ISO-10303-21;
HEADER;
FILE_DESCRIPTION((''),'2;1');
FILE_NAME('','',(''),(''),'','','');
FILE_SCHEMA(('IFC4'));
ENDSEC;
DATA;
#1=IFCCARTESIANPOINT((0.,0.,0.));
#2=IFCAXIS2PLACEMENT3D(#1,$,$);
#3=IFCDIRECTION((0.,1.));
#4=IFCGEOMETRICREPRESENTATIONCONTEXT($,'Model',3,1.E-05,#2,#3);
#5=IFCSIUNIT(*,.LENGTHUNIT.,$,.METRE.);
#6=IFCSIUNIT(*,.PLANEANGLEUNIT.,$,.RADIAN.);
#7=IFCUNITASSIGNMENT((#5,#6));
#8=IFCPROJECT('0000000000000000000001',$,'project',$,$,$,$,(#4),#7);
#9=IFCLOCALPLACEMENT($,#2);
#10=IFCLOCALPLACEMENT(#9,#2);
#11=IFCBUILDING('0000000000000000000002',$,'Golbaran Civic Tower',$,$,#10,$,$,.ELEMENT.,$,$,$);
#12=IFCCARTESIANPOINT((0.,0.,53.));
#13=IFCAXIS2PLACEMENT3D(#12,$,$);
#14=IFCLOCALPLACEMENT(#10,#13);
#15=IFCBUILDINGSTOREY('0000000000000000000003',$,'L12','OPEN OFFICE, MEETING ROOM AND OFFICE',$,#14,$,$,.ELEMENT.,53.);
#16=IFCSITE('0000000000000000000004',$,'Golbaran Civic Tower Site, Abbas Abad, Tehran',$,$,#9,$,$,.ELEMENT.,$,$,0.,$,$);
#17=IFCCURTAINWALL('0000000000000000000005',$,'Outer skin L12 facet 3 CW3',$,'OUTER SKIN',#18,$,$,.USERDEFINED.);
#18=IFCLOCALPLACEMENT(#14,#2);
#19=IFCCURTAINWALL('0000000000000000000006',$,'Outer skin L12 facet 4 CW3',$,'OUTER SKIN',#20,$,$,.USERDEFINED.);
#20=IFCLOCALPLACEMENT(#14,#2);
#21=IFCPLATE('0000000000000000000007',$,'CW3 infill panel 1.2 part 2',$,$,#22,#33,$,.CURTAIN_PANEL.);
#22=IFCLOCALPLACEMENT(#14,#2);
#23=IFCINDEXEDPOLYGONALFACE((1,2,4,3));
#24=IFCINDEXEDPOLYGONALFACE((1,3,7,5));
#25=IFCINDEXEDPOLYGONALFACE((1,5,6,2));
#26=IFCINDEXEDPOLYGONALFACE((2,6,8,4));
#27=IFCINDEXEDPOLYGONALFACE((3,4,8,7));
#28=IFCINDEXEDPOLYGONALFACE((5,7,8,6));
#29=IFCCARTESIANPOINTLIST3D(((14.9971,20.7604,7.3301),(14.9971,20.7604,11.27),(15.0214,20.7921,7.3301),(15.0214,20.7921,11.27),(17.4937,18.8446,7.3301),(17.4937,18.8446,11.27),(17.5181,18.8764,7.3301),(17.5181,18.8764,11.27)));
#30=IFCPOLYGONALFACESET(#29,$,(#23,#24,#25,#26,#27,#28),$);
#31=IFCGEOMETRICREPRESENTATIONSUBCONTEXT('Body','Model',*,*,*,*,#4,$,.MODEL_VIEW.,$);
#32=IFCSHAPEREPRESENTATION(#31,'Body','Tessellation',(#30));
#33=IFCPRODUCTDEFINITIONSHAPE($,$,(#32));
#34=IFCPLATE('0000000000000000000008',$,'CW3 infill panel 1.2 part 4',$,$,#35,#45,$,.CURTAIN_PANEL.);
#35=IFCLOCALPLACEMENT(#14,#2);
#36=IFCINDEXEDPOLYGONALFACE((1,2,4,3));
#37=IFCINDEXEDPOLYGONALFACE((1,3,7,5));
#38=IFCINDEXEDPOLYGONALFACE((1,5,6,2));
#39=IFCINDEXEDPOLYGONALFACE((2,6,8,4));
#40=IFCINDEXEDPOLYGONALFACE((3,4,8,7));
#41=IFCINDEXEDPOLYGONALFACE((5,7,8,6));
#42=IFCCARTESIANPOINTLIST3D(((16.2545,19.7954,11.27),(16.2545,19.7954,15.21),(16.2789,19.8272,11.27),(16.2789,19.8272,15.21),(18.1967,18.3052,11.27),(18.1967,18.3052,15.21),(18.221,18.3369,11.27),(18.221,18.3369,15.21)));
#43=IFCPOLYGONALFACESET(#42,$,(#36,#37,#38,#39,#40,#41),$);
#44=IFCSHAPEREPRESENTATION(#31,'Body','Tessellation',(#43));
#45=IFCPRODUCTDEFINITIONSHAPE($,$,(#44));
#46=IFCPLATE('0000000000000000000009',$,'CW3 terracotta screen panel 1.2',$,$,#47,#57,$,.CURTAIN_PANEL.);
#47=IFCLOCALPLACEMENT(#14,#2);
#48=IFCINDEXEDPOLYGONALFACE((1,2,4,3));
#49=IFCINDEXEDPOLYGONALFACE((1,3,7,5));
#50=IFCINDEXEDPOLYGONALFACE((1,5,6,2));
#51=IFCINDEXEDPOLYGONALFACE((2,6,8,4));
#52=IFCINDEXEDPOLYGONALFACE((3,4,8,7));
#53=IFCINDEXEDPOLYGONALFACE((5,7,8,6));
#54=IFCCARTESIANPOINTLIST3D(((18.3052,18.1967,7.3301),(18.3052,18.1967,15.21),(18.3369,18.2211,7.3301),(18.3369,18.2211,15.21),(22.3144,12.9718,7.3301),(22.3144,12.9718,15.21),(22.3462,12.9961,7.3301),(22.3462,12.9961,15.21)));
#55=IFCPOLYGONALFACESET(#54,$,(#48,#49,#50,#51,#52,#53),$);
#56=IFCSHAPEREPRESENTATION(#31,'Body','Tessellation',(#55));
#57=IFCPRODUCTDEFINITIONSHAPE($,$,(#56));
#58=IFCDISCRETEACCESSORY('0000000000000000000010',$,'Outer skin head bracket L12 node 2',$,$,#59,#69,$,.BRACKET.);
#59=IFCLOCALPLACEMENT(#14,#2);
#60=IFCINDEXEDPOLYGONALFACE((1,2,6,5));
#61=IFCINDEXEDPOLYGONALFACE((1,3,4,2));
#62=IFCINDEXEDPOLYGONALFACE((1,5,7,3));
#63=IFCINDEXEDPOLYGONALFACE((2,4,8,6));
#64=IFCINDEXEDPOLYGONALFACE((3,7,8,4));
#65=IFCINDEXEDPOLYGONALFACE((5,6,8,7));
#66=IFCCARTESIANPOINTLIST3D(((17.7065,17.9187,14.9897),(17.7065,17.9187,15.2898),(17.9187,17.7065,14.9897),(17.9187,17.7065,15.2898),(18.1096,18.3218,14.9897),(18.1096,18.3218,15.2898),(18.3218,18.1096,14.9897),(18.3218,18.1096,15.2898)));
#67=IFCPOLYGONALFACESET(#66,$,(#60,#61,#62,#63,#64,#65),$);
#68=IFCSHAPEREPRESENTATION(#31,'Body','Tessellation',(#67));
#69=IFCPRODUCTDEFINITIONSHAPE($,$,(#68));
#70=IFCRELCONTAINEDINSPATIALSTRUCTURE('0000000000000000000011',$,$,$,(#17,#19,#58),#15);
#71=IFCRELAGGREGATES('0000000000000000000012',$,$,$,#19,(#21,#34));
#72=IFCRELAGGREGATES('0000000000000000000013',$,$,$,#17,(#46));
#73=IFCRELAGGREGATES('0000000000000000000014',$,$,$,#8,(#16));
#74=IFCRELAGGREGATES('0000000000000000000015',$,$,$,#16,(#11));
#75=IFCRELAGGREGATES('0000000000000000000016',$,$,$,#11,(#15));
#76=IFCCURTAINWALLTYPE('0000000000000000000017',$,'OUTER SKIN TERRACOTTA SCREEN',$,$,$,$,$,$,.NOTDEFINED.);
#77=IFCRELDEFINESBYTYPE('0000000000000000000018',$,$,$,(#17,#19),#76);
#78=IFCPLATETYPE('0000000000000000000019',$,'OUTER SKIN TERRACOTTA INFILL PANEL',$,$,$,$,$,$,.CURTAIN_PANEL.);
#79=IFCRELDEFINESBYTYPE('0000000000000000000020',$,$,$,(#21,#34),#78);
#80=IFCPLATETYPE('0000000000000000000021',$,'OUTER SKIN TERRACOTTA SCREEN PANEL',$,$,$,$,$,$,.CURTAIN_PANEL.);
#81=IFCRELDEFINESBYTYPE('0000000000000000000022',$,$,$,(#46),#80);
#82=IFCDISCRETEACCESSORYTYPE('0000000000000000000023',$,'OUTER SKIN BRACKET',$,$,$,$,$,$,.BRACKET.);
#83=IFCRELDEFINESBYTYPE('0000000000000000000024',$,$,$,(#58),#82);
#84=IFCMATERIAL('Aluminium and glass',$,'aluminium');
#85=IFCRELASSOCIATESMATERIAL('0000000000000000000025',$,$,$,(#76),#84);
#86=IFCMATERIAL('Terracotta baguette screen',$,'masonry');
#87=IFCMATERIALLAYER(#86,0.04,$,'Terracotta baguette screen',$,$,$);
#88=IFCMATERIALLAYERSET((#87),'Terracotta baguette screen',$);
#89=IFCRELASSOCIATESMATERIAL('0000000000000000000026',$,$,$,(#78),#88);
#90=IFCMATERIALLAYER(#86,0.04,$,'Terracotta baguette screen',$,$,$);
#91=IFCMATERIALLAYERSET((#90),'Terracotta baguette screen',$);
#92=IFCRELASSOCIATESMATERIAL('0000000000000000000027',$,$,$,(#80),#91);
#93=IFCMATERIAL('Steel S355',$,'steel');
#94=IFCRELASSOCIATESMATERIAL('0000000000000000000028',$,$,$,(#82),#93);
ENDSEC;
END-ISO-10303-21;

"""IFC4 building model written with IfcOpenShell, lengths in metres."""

from ifc_helpers import new_model, si_unit, direction, frame, origin, origin_2d, place, context, subcontext, project, spatial, rectangle, extrude, material, layer, layer_set, type_object, element, aggregate, save


model = new_model("IFC4")

# Units and contexts
model_context = context("Model", 3, precision=1e-05, world=origin(), true_north=direction((0.0, 1.0)))
body_context = subcontext(model_context, "Body", "Model", "MODEL_VIEW")
ifc_project = project(units=[si_unit("LENGTHUNIT", "METRE"), si_unit("PLANEANGLEUNIT", "RADIAN")], contexts=[model_context])

# Site, building, storey
site_placement = place(None, origin())
site = spatial("IfcSite", under=ifc_project, at=site_placement, Name="Golbaran Civic Tower Site, Abbas Abad, Tehran", CompositionType="ELEMENT", RefElevation=0.0)
building_placement = place(site_placement, origin())
building = spatial("IfcBuilding", under=site, at=building_placement, Name="Golbaran Civic Tower", CompositionType="ELEMENT")
storey_placement = place(building_placement, frame((0.0, 0.0, 53.0)))
storey = spatial("IfcBuildingStorey", under=building, at=storey_placement, Name="L12", Description="OPEN OFFICE, MEETING ROOM AND OFFICE", CompositionType="ELEMENT", Elevation=53.0)

# Curtain walls
ifc_material_1 = material(Name="Aluminium and glass", Category="aluminium")
curtain_wall_type_1 = type_object("IfcCurtainWallType", Name="OUTER SKIN TERRACOTTA SCREEN", PredefinedType="NOTDEFINED", material=ifc_material_1)
curtain_wall_1_placement = place(storey_placement, origin())
curtain_wall_1 = element("IfcCurtainWall", 1, at=curtain_wall_1_placement, inside=storey, type_object=curtain_wall_type_1, Name="Outer skin L12 facet 3 CW3", ObjectType="OUTER SKIN", PredefinedType="USERDEFINED")
curtain_wall_2_placement = place(storey_placement, origin())
curtain_wall_2 = element("IfcCurtainWall", 2, at=curtain_wall_2_placement, inside=storey, type_object=curtain_wall_type_1, Name="Outer skin L12 facet 4 CW3", ObjectType="OUTER SKIN", PredefinedType="USERDEFINED")

# Plates
ifc_material_2 = material(Name="Terracotta baguette screen", Category="masonry")
ifc_layer_1 = layer(ifc_material_2, 0.04, Name="Terracotta baguette screen")
ifc_layer_set_1 = layer_set([ifc_layer_1], Name="Terracotta baguette screen")
plate_type_1 = type_object("IfcPlateType", Name="OUTER SKIN TERRACOTTA INFILL PANEL", PredefinedType="CURTAIN_PANEL", material=ifc_layer_set_1)
plate_1_placement = place(storey_placement, frame((16.2576, 19.8184, 7.3301), z_axis=(0.0, 0.0, 1.0), x_axis=(-0.793353, 0.608761, 0.0)))
plate_1 = element("IfcPlate", 3, at=plate_1_placement, type_object=plate_type_1, Name="CW3 infill panel 1.2 part 2", PredefinedType="CURTAIN_PANEL", context=body_context, shape_type="SweptSolid", body=[
    extrude(rectangle(XDim=3.147, YDim=0.04, at=origin_2d()), origin(), (0.0, 0.0, 1.0), 3.9399),
])
plate_2_placement = place(storey_placement, frame((17.2378, 19.0662, 11.27), z_axis=(0.0, 0.0, 1.0), x_axis=(-0.793353, 0.608761, 0.0)))
plate_2 = element("IfcPlate", 4, at=plate_2_placement, type_object=plate_type_1, Name="CW3 infill panel 1.2 part 4", PredefinedType="CURTAIN_PANEL", context=body_context, shape_type="SweptSolid", body=[
    extrude(rectangle(XDim=2.448, YDim=0.04, at=origin_2d()), origin(), (0.0, 0.0, 1.0), 3.9399),
])
aggregate(curtain_wall_2, [plate_1, plate_2])
ifc_layer_2 = layer(ifc_material_2, 0.04, Name="Terracotta baguette screen")
ifc_layer_set_2 = layer_set([ifc_layer_2], Name="Terracotta baguette screen")
plate_type_2 = type_object("IfcPlateType", Name="OUTER SKIN TERRACOTTA SCREEN PANEL", PredefinedType="CURTAIN_PANEL", material=ifc_layer_set_2)
plate_3_placement = place(storey_placement, frame((20.3257, 15.5964, 7.3301), z_axis=(0.0, 0.0, 1.0), x_axis=(-0.608761, 0.793353, 0.0)))
plate_3 = element("IfcPlate", 5, at=plate_3_placement, type_object=plate_type_2, Name="CW3 terracotta screen panel 1.2", PredefinedType="CURTAIN_PANEL", context=body_context, shape_type="SweptSolid", body=[
    extrude(rectangle(XDim=6.5859, YDim=0.04, at=origin_2d()), origin(), (0.0, 0.0, 1.0), 7.8799),
])
aggregate(curtain_wall_1, [plate_3])

# Discrete accessory
ifc_material_3 = material(Name="Steel S355", Category="steel")
discrete_accessory_type = type_object("IfcDiscreteAccessoryType", Name="OUTER SKIN BRACKET", PredefinedType="BRACKET", material=ifc_material_3)
discrete_accessory_placement = place(storey_placement, frame((18.0142, 18.0142, 14.9897), z_axis=(0.0, 0.0, 1.0), x_axis=(0.707107, 0.707107, 0.0)))
element("IfcDiscreteAccessory", 6, at=discrete_accessory_placement, inside=storey, type_object=discrete_accessory_type, Name="Outer skin head bracket L12 node 2", PredefinedType="BRACKET", context=body_context, shape_type="SweptSolid", body=[
    extrude(rectangle(XDim=0.5701, YDim=0.3, at=origin_2d()), origin(), (0.0, 0.0, 1.0), 0.3),
])

save(model, "model.ifc")
